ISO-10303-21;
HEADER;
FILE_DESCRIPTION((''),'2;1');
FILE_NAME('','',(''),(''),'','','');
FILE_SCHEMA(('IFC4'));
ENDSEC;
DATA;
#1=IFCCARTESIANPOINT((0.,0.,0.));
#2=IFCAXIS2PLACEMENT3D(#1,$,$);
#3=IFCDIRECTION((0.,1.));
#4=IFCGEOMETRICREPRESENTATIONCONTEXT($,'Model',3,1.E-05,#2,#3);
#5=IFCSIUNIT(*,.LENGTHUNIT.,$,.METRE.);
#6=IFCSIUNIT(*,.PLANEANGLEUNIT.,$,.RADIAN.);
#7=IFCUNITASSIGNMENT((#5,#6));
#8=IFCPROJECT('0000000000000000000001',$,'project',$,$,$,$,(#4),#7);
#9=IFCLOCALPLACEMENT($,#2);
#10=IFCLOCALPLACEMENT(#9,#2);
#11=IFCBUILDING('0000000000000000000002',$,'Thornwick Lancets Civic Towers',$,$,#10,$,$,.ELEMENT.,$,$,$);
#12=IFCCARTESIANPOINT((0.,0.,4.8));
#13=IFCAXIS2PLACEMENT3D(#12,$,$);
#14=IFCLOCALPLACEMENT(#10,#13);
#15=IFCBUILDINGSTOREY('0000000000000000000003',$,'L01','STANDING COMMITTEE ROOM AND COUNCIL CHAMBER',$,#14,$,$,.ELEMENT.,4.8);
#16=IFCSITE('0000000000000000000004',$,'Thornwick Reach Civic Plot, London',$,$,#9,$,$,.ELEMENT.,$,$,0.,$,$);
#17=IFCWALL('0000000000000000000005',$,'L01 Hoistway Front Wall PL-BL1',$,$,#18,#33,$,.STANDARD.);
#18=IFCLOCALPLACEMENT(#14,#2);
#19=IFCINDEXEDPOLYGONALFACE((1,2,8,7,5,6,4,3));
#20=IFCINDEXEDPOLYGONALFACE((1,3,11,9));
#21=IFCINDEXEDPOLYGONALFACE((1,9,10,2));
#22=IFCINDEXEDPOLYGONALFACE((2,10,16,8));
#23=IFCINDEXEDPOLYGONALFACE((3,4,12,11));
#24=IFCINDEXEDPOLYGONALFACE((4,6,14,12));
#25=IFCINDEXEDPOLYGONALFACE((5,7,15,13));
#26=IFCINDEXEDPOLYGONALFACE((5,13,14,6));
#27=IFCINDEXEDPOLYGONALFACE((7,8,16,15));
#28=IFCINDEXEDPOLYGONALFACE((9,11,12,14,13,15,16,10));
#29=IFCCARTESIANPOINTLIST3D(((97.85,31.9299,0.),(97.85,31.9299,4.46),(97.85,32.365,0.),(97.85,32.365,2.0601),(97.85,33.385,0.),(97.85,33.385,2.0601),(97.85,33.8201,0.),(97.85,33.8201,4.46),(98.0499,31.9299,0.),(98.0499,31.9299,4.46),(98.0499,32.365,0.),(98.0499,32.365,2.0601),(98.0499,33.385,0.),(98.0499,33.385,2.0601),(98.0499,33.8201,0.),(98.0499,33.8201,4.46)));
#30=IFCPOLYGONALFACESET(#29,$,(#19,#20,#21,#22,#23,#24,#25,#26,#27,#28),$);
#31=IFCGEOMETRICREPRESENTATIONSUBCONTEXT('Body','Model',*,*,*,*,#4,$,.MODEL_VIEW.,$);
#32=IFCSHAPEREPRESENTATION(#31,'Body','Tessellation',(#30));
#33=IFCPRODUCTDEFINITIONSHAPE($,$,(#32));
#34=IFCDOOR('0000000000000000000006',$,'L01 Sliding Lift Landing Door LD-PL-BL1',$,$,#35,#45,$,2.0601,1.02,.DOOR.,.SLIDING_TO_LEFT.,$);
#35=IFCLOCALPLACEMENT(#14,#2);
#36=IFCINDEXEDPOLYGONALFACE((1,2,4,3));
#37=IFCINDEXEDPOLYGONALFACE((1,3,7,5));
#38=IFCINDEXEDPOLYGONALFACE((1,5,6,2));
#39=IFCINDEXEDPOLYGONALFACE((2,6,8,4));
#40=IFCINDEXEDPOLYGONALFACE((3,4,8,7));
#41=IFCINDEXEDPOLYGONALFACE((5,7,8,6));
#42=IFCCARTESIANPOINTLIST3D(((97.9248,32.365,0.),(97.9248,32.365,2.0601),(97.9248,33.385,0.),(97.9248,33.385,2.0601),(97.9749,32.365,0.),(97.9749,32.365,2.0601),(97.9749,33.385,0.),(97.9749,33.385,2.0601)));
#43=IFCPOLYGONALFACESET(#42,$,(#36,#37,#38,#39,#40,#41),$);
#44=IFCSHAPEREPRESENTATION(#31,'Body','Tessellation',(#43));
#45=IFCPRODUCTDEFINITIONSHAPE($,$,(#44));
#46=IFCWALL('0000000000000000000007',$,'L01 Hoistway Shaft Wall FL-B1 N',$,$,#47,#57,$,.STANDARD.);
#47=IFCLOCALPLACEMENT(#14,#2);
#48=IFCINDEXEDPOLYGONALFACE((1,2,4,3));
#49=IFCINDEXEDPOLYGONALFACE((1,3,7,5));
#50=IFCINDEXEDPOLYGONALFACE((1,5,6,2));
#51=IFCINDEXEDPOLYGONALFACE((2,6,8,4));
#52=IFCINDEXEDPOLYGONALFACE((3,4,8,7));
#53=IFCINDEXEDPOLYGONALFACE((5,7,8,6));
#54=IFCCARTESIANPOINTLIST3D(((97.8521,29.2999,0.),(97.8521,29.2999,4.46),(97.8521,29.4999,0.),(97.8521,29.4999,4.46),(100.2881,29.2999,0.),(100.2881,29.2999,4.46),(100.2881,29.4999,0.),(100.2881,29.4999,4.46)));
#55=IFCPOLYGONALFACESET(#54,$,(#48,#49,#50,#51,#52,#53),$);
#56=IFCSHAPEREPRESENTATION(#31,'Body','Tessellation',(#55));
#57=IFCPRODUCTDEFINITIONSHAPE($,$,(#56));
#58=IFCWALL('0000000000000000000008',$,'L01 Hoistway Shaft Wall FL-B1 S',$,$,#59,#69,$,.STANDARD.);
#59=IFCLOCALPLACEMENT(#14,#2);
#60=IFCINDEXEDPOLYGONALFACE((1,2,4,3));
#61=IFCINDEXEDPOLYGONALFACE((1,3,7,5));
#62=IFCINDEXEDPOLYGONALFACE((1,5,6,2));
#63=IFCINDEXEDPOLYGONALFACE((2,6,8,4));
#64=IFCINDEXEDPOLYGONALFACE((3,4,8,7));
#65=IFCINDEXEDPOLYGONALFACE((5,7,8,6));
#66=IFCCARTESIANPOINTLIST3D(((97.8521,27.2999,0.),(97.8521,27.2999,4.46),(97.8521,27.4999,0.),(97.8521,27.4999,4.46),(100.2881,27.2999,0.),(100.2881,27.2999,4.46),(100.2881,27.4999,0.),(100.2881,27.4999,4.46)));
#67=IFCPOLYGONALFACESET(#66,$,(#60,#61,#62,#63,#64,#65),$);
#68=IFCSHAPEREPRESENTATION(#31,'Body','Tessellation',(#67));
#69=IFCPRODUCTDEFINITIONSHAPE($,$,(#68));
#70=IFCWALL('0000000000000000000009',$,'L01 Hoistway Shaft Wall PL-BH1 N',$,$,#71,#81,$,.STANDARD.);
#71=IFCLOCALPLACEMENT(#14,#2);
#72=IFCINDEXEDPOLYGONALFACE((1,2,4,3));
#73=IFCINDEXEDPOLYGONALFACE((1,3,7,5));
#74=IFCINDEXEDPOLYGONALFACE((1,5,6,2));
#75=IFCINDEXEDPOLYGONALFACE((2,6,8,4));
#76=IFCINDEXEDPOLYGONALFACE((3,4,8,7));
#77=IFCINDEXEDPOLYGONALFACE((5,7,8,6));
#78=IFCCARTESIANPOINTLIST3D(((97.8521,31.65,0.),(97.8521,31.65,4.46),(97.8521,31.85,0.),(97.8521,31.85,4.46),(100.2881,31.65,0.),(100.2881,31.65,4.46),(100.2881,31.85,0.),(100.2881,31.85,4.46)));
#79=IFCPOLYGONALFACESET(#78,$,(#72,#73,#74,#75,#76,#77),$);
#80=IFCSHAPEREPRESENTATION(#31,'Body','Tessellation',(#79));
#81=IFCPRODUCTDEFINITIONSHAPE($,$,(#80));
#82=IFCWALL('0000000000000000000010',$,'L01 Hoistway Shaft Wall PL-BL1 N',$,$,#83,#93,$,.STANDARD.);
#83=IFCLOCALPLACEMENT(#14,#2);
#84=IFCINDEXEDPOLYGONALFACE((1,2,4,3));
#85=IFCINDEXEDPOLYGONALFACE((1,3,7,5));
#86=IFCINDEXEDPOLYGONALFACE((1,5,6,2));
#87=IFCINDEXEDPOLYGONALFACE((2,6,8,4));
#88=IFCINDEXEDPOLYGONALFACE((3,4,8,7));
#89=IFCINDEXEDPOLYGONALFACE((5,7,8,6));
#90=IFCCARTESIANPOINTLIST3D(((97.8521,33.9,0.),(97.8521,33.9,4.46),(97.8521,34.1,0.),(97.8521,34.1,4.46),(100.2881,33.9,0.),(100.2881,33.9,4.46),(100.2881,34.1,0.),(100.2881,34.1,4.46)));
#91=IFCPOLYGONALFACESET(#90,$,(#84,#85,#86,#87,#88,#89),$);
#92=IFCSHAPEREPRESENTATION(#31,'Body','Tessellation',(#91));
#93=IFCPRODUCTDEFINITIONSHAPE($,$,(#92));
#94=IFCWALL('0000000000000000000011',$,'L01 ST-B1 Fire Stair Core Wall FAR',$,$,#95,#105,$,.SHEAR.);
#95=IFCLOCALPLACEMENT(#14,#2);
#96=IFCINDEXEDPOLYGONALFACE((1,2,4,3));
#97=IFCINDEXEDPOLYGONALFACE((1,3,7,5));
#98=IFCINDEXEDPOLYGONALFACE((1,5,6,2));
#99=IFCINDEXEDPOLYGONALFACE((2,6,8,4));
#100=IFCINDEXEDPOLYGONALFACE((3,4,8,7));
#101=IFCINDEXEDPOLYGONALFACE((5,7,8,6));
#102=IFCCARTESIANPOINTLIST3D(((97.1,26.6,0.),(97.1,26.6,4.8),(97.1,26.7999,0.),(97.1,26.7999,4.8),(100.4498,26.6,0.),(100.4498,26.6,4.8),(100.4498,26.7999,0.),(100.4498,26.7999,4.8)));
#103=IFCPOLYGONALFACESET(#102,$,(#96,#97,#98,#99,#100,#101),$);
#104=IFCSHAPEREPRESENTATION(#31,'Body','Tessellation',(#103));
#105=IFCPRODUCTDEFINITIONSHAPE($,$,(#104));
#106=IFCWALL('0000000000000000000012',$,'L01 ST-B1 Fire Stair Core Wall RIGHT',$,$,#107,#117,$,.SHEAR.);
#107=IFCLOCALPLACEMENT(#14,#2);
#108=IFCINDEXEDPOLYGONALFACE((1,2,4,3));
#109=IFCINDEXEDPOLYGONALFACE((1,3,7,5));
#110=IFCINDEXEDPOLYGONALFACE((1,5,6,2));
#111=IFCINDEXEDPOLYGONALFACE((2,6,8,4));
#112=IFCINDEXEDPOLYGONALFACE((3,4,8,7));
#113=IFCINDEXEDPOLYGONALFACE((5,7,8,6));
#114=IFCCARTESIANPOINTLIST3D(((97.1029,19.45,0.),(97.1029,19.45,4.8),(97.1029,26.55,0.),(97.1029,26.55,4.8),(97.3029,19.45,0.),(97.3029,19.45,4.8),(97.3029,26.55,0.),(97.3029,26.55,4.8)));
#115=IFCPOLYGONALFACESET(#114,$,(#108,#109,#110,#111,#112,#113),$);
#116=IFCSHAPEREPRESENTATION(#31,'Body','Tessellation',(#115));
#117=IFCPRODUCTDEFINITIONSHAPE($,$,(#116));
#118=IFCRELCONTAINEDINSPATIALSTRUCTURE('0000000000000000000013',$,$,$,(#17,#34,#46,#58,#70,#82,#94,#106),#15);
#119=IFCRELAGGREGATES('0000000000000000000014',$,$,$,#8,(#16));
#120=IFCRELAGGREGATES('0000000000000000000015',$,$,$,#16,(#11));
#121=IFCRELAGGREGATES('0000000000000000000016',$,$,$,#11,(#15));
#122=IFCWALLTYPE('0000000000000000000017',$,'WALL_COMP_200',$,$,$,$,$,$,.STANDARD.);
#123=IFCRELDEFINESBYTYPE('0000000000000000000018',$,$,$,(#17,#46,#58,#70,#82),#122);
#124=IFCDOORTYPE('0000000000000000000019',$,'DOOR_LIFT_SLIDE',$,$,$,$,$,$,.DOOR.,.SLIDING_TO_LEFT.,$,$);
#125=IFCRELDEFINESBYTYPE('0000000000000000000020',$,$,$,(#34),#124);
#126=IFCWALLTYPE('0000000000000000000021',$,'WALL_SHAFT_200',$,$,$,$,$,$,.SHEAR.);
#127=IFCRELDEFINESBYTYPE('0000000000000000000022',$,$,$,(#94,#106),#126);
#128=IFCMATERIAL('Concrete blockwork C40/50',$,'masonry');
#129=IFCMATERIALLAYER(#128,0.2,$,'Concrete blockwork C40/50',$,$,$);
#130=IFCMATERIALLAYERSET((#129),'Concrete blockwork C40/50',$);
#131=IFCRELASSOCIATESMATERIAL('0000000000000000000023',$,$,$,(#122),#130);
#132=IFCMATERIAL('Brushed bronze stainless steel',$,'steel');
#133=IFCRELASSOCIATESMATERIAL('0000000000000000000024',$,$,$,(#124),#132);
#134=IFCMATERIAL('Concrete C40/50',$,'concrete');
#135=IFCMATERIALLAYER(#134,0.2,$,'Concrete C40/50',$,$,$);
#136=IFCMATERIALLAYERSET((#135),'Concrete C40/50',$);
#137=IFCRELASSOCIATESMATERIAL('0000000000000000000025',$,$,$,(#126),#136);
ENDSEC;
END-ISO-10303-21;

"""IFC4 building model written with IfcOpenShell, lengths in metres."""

from ifc_helpers import new_model, si_unit, direction, frame, frame_2d, origin, place, context, subcontext, project, spatial, rectangle, extrude, material, layer, layer_set, type_object, element, fill, save


model = new_model("IFC4")

# Units and contexts
model_context = context("Model", 3, precision=1e-05, world=origin(), true_north=direction((0.0, 1.0)))
body_context = subcontext(model_context, "Body", "Model", "MODEL_VIEW")
ifc_project = project(units=[si_unit("LENGTHUNIT", "METRE"), si_unit("PLANEANGLEUNIT", "RADIAN")], contexts=[model_context])

# Site, building, storey
site_placement = place(None, origin())
site = spatial("IfcSite", under=ifc_project, at=site_placement, Name="Thornwick Reach Civic Plot, London", CompositionType="ELEMENT", RefElevation=0.0)
building_placement = place(site_placement, origin())
building = spatial("IfcBuilding", under=site, at=building_placement, Name="Thornwick Lancets Civic Towers", CompositionType="ELEMENT")
storey_placement = place(building_placement, frame((0.0, 0.0, 4.8)))
storey = spatial("IfcBuildingStorey", under=building, at=storey_placement, Name="L01", Description="STANDING COMMITTEE ROOM AND COUNCIL CHAMBER", CompositionType="ELEMENT", Elevation=4.8)

# Shared definitions
ifc_material_1 = material(Name="Concrete blockwork C40/50", Category="masonry")
ifc_layer_1 = layer(ifc_material_1, 0.2, Name="Concrete blockwork C40/50")
ifc_layer_set_1 = layer_set([ifc_layer_1], Name="Concrete blockwork C40/50")
wall_type_1 = type_object("IfcWallType", Name="WALL_COMP_200", PredefinedType="STANDARD", material=ifc_layer_set_1)
ifc_material_2 = material(Name="Brushed bronze stainless steel", Category="steel")
door_type = type_object("IfcDoorType", Name="DOOR_LIFT_SLIDE", OperationType="SLIDING_TO_LEFT", PredefinedType="DOOR", material=ifc_material_2)

# Wall, opening, door
wall_1_placement = place(storey_placement, frame((97.95, 33.8201, 0.0), z_axis=(0.0, 0.0, 1.0), x_axis=(0.0, -1.0, 0.0)))
wall_1 = element("IfcWall", 1, at=wall_1_placement, inside=storey, type_object=wall_type_1, Name="L01 Hoistway Front Wall PL-BL1", PredefinedType="STANDARD", context=body_context, shape_type="SweptSolid", body=[
    extrude(rectangle(XDim=1.8901, YDim=0.2, at=frame_2d((0.9451, 0.0))), origin(), (0.0, 0.0, 1.0), 4.46),
])
opening_1_placement = place(wall_1_placement, frame((0.4351, 0.0, 0.0)))
opening_1 = element("IfcOpeningElement", 2, at=opening_1_placement, cuts=wall_1, PredefinedType="OPENING", context=body_context, shape_type="SweptSolid", body=[
    extrude(rectangle(XDim=1.02, YDim=2.0601, at=frame_2d((0.51, 1.03))), frame((0.0, 0.1099, 0.0), z_axis=(0.0, -1.0, 0.0), x_axis=(1.0, 0.0, 0.0)), (0.0, 0.0, 1.0), 0.22),
])
door_1_placement = place(opening_1_placement, origin())
door_1 = element("IfcDoor", 3, at=door_1_placement, inside=storey, type_object=door_type, Name="L01 Sliding Lift Landing Door LD-PL-BL1", OperationType="SLIDING_TO_LEFT", OverallHeight=2.0601, OverallWidth=1.02, PredefinedType="DOOR", context=body_context, shape_type="SweptSolid", body=[
    extrude(rectangle(XDim=1.02, YDim=2.0601, at=frame_2d((0.51, 1.03))), frame((0.0, 0.0249, 0.0), z_axis=(0.0, -1.0, 0.0), x_axis=(1.0, 0.0, 0.0)), (0.0, 0.0, 1.0), 0.05),
])
fill(opening_1, door_1)

# Walls
for number, where, z_axis, x_axis, name in (
    (4, (97.8521, 29.3999, 0.0), (0.0, 0.0, 1.0), (1.0, 0.0, 0.0), "L01 Hoistway Shaft Wall FL-B1 N"),
    (5, (97.8521, 27.3999, 0.0), (0.0, 0.0, 1.0), (1.0, 0.0, 0.0), "L01 Hoistway Shaft Wall FL-B1 S"),
    (6, (97.8521, 31.75, 0.0), (0.0, 0.0, 1.0), (1.0, 0.0, 0.0), "L01 Hoistway Shaft Wall PL-BH1 N"),
    (7, (97.8521, 34.0, 0.0), (0.0, 0.0, 1.0), (1.0, 0.0, 0.0), "L01 Hoistway Shaft Wall PL-BL1 N"),
):
    element("IfcWall", number, at=place(storey_placement, frame(where, z_axis=z_axis, x_axis=x_axis)), inside=storey, type_object=wall_type_1, Name=name, PredefinedType="STANDARD", context=body_context, shape_type="SweptSolid", body=[
        extrude(rectangle(XDim=2.436, YDim=0.2, at=frame_2d((1.218, 0.0))), origin(), (0.0, 0.0, 1.0), 4.46),
    ])
ifc_material_3 = material(Name="Concrete C40/50", Category="concrete")
ifc_layer_2 = layer(ifc_material_3, 0.2, Name="Concrete C40/50")
ifc_layer_set_2 = layer_set([ifc_layer_2], Name="Concrete C40/50")
wall_type_2 = type_object("IfcWallType", Name="WALL_SHAFT_200", PredefinedType="SHEAR", material=ifc_layer_set_2)
wall_2_placement = place(storey_placement, frame((97.1001, 26.7, 0.0), z_axis=(0.0, 0.0, 1.0), x_axis=(1.0, 0.0, 0.0)))
element("IfcWall", 8, at=wall_2_placement, inside=storey, type_object=wall_type_2, Name="L01 ST-B1 Fire Stair Core Wall FAR", PredefinedType="SHEAR", context=body_context, shape_type="SweptSolid", body=[
    extrude(rectangle(XDim=3.3499, YDim=0.2, at=frame_2d((1.6748, 0.0))), origin(), (0.0, 0.0, 1.0), 4.8),
])
wall_3_placement = place(storey_placement, frame((97.2029, 26.55, 0.0), z_axis=(0.0, 0.0, 1.0), x_axis=(0.0, -1.0, 0.0)))
element("IfcWall", 9, at=wall_3_placement, inside=storey, type_object=wall_type_2, Name="L01 ST-B1 Fire Stair Core Wall RIGHT", PredefinedType="SHEAR", context=body_context, shape_type="SweptSolid", body=[
    extrude(rectangle(XDim=7.1001, YDim=0.2, at=frame_2d((3.55, 0.0))), origin(), (0.0, 0.0, 1.0), 4.8),
])

save(model, "model.ifc")
